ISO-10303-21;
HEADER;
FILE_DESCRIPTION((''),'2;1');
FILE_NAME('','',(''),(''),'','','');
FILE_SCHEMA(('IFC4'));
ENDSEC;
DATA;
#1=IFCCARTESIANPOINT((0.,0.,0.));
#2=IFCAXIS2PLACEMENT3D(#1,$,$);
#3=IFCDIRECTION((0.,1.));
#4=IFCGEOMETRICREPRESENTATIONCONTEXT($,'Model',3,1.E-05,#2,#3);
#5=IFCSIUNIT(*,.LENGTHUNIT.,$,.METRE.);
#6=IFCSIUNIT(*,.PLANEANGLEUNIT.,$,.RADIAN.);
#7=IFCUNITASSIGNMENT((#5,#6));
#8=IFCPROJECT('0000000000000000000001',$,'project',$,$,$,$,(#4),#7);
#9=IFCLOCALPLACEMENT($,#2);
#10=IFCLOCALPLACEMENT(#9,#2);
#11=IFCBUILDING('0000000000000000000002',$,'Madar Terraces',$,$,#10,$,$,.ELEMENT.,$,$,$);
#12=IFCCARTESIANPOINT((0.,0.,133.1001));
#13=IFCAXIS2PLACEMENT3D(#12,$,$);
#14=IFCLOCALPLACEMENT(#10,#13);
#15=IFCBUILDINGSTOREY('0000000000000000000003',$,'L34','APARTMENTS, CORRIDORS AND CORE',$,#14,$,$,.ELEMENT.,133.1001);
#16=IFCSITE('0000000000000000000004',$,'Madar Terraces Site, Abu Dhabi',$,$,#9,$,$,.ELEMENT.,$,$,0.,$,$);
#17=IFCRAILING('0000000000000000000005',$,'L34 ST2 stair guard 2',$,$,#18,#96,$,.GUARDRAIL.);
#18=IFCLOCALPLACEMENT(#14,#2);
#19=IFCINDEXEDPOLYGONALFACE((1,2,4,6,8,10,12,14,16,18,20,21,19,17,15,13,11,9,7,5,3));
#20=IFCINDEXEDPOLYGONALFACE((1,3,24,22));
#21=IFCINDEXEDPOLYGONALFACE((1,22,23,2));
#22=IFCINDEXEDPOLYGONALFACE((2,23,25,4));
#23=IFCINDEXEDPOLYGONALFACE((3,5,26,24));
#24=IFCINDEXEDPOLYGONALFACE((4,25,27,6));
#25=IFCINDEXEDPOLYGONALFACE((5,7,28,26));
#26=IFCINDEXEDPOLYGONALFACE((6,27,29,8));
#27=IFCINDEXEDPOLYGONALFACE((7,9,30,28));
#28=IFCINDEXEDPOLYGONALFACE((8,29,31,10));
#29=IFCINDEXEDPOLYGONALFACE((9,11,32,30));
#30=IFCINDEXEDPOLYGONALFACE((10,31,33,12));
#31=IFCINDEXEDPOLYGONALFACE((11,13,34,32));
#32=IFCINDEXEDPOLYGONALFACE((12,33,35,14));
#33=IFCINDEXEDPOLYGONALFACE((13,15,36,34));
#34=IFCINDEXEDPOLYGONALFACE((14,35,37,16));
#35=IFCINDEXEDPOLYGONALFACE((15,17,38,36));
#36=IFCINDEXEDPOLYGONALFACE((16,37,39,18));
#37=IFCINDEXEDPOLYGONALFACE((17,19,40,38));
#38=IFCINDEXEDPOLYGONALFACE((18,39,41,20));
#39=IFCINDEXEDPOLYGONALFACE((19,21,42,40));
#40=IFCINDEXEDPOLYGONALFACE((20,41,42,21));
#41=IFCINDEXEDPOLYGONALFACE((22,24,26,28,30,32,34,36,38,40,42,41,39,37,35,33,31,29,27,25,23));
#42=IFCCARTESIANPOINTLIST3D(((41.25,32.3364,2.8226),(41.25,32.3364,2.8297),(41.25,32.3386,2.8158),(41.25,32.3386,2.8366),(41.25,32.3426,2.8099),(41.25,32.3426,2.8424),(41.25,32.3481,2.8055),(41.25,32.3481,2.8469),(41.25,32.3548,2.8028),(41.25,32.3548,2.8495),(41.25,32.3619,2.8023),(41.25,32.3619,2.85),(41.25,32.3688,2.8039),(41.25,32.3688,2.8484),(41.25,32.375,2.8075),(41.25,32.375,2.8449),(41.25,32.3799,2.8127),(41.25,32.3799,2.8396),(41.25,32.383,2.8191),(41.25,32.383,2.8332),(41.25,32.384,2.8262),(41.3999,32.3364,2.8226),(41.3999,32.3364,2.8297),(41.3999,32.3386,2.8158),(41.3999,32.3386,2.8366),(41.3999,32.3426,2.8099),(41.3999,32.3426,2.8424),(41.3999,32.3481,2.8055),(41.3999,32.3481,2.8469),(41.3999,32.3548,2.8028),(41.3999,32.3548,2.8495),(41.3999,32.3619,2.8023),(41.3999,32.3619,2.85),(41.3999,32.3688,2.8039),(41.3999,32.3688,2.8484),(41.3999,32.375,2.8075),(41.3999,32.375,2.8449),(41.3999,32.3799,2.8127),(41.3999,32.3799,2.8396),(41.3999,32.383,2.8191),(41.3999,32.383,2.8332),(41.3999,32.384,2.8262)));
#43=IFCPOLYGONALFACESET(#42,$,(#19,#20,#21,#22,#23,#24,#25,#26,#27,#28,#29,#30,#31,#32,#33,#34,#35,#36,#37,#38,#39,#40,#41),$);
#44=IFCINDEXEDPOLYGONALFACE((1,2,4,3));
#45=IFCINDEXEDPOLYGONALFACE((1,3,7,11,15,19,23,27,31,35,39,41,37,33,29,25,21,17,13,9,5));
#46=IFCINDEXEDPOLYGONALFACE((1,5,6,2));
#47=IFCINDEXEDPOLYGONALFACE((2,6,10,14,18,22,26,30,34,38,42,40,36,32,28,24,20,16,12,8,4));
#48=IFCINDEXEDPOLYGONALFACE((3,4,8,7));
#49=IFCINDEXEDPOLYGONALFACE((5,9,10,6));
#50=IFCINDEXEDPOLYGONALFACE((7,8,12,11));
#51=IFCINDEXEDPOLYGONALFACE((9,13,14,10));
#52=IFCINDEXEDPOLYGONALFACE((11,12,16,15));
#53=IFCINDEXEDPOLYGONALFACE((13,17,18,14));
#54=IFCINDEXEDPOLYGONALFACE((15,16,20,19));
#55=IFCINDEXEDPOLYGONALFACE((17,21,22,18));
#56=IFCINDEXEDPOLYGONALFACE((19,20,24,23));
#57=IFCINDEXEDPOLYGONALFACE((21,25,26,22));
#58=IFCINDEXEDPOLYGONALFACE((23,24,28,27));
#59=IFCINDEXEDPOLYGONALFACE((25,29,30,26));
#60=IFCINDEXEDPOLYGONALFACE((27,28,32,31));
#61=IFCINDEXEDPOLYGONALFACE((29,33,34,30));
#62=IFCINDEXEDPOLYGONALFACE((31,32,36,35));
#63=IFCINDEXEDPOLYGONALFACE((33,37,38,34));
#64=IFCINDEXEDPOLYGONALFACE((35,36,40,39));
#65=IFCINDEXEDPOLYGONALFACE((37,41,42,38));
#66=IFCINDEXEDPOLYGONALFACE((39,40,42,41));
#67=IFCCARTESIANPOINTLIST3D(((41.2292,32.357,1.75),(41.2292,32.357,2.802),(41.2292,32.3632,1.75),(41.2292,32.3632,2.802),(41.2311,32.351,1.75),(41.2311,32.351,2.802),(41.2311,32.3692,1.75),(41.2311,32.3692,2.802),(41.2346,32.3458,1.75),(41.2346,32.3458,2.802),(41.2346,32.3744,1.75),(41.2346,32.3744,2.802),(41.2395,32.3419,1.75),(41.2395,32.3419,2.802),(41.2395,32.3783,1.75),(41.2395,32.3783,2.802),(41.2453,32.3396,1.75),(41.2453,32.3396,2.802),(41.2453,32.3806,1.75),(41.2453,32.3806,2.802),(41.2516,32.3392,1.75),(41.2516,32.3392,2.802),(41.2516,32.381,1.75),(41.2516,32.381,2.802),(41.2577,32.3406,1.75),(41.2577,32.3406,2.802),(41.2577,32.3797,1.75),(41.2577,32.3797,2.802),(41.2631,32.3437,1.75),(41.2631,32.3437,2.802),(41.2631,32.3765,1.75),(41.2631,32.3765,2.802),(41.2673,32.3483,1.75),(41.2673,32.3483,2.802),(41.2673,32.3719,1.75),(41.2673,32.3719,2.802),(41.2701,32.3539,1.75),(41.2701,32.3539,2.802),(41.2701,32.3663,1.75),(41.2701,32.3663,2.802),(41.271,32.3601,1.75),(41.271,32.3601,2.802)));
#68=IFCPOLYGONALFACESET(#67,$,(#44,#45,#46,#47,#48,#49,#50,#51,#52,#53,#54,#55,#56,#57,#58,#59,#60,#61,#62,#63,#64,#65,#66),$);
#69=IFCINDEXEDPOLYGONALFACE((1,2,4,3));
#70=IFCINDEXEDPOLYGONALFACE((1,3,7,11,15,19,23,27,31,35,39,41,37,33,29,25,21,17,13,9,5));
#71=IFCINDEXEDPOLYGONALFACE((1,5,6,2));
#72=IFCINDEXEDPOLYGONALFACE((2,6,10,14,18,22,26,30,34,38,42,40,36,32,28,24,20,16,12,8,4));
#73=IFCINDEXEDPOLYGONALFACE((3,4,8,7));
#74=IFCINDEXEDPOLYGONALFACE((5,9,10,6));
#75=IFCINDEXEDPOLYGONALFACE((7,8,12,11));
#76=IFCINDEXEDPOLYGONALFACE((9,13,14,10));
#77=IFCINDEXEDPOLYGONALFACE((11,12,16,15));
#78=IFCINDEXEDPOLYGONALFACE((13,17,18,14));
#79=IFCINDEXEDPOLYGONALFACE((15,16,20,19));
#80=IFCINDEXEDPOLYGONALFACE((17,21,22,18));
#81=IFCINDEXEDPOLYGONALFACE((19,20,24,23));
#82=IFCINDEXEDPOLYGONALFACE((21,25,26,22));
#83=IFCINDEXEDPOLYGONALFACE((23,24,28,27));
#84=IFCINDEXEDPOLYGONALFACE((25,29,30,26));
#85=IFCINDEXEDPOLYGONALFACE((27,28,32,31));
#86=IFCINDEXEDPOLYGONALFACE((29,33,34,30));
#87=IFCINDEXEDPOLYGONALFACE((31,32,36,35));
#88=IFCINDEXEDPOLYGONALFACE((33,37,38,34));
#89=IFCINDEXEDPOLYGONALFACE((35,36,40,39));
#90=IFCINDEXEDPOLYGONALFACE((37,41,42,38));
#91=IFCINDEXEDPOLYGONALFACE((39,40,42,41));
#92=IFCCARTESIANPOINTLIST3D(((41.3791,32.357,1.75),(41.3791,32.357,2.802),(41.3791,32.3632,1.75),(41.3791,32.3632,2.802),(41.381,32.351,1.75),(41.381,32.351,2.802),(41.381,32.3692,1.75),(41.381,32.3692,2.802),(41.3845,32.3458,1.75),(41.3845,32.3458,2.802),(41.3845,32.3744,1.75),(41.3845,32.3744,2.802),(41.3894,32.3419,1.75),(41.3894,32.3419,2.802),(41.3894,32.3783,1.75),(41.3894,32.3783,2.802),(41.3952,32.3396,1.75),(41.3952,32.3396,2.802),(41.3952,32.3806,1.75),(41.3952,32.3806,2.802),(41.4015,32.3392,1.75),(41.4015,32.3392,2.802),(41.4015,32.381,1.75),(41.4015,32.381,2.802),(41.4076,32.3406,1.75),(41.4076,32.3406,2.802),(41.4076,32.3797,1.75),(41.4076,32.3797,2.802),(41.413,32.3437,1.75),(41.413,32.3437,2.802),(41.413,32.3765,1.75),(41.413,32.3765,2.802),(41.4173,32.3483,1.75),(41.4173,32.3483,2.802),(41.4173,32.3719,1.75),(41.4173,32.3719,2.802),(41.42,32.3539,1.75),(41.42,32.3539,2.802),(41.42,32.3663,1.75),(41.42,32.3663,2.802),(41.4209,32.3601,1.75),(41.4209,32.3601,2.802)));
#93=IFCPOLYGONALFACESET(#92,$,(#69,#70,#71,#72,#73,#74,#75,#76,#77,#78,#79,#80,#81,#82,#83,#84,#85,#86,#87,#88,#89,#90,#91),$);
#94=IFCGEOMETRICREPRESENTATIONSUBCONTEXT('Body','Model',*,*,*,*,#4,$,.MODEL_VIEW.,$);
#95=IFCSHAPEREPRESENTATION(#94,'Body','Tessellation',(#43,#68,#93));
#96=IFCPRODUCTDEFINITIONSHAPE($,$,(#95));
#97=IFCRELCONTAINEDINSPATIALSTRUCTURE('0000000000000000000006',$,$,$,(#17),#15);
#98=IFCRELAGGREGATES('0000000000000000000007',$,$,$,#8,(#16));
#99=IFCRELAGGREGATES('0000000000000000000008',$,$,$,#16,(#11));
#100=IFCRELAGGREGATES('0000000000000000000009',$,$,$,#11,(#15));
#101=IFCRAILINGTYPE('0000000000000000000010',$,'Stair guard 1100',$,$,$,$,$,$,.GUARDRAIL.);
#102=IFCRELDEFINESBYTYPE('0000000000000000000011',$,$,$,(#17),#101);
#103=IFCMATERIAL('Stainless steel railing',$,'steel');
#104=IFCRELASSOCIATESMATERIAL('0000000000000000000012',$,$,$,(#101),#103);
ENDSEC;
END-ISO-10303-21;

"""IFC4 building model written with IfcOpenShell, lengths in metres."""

from ifc_helpers import new_model, si_unit, direction, frame, origin, origin_2d, place, context, subcontext, project, spatial, circle, extrude, material, type_object, element, save


model = new_model("IFC4")

# Units and contexts
model_context = context("Model", 3, precision=1e-05, world=origin(), true_north=direction((0.0, 1.0)))
body_context = subcontext(model_context, "Body", "Model", "MODEL_VIEW")
ifc_project = project(units=[si_unit("LENGTHUNIT", "METRE"), si_unit("PLANEANGLEUNIT", "RADIAN")], contexts=[model_context])

# Site, building, storey
site_placement = place(None, origin())
site = spatial("IfcSite", under=ifc_project, at=site_placement, Name="Madar Terraces Site, Abu Dhabi", CompositionType="ELEMENT", RefElevation=0.0)
building_placement = place(site_placement, origin())
building = spatial("IfcBuilding", under=site, at=building_placement, Name="Madar Terraces", CompositionType="ELEMENT")
storey_placement = place(building_placement, frame((0.0, 0.0, 133.1001)))
storey = spatial("IfcBuildingStorey", under=building, at=storey_placement, Name="L34", Description="APARTMENTS, CORRIDORS AND CORE", CompositionType="ELEMENT", Elevation=133.1001)

# Railing
ifc_material_1 = material(Name="Stainless steel railing", Category="steel")
railing_type_1 = type_object("IfcRailingType", Name="Stair guard 1100", PredefinedType="GUARDRAIL", material=ifc_material_1)
railing_1_placement = place(storey_placement, frame((41.25, 32.3601, 1.75)))
element("IfcRailing", 1, at=railing_1_placement, inside=storey, type_object=railing_type_1, Name="L34 ST2 stair guard 2", PredefinedType="GUARDRAIL", context=body_context, shape_type="SweptSolid", body=[
    extrude(circle(Radius=0.0239, at=origin_2d()), frame((0.0, 0.0, 1.0762), z_axis=(1.0, 0.0, 0.0), x_axis=(0.0, 1.0, 0.0)), (0.0, 0.0, 1.0), 0.1499),
    extrude(circle(Radius=0.021, at=origin_2d()), origin(), (0.0, 0.0, 1.0), 1.052),
    extrude(circle(Radius=0.021, at=origin_2d()), frame((0.1499, 0.0, 0.0)), (0.0, 0.0, 1.0), 1.052),
])

save(model, "model.ifc")
